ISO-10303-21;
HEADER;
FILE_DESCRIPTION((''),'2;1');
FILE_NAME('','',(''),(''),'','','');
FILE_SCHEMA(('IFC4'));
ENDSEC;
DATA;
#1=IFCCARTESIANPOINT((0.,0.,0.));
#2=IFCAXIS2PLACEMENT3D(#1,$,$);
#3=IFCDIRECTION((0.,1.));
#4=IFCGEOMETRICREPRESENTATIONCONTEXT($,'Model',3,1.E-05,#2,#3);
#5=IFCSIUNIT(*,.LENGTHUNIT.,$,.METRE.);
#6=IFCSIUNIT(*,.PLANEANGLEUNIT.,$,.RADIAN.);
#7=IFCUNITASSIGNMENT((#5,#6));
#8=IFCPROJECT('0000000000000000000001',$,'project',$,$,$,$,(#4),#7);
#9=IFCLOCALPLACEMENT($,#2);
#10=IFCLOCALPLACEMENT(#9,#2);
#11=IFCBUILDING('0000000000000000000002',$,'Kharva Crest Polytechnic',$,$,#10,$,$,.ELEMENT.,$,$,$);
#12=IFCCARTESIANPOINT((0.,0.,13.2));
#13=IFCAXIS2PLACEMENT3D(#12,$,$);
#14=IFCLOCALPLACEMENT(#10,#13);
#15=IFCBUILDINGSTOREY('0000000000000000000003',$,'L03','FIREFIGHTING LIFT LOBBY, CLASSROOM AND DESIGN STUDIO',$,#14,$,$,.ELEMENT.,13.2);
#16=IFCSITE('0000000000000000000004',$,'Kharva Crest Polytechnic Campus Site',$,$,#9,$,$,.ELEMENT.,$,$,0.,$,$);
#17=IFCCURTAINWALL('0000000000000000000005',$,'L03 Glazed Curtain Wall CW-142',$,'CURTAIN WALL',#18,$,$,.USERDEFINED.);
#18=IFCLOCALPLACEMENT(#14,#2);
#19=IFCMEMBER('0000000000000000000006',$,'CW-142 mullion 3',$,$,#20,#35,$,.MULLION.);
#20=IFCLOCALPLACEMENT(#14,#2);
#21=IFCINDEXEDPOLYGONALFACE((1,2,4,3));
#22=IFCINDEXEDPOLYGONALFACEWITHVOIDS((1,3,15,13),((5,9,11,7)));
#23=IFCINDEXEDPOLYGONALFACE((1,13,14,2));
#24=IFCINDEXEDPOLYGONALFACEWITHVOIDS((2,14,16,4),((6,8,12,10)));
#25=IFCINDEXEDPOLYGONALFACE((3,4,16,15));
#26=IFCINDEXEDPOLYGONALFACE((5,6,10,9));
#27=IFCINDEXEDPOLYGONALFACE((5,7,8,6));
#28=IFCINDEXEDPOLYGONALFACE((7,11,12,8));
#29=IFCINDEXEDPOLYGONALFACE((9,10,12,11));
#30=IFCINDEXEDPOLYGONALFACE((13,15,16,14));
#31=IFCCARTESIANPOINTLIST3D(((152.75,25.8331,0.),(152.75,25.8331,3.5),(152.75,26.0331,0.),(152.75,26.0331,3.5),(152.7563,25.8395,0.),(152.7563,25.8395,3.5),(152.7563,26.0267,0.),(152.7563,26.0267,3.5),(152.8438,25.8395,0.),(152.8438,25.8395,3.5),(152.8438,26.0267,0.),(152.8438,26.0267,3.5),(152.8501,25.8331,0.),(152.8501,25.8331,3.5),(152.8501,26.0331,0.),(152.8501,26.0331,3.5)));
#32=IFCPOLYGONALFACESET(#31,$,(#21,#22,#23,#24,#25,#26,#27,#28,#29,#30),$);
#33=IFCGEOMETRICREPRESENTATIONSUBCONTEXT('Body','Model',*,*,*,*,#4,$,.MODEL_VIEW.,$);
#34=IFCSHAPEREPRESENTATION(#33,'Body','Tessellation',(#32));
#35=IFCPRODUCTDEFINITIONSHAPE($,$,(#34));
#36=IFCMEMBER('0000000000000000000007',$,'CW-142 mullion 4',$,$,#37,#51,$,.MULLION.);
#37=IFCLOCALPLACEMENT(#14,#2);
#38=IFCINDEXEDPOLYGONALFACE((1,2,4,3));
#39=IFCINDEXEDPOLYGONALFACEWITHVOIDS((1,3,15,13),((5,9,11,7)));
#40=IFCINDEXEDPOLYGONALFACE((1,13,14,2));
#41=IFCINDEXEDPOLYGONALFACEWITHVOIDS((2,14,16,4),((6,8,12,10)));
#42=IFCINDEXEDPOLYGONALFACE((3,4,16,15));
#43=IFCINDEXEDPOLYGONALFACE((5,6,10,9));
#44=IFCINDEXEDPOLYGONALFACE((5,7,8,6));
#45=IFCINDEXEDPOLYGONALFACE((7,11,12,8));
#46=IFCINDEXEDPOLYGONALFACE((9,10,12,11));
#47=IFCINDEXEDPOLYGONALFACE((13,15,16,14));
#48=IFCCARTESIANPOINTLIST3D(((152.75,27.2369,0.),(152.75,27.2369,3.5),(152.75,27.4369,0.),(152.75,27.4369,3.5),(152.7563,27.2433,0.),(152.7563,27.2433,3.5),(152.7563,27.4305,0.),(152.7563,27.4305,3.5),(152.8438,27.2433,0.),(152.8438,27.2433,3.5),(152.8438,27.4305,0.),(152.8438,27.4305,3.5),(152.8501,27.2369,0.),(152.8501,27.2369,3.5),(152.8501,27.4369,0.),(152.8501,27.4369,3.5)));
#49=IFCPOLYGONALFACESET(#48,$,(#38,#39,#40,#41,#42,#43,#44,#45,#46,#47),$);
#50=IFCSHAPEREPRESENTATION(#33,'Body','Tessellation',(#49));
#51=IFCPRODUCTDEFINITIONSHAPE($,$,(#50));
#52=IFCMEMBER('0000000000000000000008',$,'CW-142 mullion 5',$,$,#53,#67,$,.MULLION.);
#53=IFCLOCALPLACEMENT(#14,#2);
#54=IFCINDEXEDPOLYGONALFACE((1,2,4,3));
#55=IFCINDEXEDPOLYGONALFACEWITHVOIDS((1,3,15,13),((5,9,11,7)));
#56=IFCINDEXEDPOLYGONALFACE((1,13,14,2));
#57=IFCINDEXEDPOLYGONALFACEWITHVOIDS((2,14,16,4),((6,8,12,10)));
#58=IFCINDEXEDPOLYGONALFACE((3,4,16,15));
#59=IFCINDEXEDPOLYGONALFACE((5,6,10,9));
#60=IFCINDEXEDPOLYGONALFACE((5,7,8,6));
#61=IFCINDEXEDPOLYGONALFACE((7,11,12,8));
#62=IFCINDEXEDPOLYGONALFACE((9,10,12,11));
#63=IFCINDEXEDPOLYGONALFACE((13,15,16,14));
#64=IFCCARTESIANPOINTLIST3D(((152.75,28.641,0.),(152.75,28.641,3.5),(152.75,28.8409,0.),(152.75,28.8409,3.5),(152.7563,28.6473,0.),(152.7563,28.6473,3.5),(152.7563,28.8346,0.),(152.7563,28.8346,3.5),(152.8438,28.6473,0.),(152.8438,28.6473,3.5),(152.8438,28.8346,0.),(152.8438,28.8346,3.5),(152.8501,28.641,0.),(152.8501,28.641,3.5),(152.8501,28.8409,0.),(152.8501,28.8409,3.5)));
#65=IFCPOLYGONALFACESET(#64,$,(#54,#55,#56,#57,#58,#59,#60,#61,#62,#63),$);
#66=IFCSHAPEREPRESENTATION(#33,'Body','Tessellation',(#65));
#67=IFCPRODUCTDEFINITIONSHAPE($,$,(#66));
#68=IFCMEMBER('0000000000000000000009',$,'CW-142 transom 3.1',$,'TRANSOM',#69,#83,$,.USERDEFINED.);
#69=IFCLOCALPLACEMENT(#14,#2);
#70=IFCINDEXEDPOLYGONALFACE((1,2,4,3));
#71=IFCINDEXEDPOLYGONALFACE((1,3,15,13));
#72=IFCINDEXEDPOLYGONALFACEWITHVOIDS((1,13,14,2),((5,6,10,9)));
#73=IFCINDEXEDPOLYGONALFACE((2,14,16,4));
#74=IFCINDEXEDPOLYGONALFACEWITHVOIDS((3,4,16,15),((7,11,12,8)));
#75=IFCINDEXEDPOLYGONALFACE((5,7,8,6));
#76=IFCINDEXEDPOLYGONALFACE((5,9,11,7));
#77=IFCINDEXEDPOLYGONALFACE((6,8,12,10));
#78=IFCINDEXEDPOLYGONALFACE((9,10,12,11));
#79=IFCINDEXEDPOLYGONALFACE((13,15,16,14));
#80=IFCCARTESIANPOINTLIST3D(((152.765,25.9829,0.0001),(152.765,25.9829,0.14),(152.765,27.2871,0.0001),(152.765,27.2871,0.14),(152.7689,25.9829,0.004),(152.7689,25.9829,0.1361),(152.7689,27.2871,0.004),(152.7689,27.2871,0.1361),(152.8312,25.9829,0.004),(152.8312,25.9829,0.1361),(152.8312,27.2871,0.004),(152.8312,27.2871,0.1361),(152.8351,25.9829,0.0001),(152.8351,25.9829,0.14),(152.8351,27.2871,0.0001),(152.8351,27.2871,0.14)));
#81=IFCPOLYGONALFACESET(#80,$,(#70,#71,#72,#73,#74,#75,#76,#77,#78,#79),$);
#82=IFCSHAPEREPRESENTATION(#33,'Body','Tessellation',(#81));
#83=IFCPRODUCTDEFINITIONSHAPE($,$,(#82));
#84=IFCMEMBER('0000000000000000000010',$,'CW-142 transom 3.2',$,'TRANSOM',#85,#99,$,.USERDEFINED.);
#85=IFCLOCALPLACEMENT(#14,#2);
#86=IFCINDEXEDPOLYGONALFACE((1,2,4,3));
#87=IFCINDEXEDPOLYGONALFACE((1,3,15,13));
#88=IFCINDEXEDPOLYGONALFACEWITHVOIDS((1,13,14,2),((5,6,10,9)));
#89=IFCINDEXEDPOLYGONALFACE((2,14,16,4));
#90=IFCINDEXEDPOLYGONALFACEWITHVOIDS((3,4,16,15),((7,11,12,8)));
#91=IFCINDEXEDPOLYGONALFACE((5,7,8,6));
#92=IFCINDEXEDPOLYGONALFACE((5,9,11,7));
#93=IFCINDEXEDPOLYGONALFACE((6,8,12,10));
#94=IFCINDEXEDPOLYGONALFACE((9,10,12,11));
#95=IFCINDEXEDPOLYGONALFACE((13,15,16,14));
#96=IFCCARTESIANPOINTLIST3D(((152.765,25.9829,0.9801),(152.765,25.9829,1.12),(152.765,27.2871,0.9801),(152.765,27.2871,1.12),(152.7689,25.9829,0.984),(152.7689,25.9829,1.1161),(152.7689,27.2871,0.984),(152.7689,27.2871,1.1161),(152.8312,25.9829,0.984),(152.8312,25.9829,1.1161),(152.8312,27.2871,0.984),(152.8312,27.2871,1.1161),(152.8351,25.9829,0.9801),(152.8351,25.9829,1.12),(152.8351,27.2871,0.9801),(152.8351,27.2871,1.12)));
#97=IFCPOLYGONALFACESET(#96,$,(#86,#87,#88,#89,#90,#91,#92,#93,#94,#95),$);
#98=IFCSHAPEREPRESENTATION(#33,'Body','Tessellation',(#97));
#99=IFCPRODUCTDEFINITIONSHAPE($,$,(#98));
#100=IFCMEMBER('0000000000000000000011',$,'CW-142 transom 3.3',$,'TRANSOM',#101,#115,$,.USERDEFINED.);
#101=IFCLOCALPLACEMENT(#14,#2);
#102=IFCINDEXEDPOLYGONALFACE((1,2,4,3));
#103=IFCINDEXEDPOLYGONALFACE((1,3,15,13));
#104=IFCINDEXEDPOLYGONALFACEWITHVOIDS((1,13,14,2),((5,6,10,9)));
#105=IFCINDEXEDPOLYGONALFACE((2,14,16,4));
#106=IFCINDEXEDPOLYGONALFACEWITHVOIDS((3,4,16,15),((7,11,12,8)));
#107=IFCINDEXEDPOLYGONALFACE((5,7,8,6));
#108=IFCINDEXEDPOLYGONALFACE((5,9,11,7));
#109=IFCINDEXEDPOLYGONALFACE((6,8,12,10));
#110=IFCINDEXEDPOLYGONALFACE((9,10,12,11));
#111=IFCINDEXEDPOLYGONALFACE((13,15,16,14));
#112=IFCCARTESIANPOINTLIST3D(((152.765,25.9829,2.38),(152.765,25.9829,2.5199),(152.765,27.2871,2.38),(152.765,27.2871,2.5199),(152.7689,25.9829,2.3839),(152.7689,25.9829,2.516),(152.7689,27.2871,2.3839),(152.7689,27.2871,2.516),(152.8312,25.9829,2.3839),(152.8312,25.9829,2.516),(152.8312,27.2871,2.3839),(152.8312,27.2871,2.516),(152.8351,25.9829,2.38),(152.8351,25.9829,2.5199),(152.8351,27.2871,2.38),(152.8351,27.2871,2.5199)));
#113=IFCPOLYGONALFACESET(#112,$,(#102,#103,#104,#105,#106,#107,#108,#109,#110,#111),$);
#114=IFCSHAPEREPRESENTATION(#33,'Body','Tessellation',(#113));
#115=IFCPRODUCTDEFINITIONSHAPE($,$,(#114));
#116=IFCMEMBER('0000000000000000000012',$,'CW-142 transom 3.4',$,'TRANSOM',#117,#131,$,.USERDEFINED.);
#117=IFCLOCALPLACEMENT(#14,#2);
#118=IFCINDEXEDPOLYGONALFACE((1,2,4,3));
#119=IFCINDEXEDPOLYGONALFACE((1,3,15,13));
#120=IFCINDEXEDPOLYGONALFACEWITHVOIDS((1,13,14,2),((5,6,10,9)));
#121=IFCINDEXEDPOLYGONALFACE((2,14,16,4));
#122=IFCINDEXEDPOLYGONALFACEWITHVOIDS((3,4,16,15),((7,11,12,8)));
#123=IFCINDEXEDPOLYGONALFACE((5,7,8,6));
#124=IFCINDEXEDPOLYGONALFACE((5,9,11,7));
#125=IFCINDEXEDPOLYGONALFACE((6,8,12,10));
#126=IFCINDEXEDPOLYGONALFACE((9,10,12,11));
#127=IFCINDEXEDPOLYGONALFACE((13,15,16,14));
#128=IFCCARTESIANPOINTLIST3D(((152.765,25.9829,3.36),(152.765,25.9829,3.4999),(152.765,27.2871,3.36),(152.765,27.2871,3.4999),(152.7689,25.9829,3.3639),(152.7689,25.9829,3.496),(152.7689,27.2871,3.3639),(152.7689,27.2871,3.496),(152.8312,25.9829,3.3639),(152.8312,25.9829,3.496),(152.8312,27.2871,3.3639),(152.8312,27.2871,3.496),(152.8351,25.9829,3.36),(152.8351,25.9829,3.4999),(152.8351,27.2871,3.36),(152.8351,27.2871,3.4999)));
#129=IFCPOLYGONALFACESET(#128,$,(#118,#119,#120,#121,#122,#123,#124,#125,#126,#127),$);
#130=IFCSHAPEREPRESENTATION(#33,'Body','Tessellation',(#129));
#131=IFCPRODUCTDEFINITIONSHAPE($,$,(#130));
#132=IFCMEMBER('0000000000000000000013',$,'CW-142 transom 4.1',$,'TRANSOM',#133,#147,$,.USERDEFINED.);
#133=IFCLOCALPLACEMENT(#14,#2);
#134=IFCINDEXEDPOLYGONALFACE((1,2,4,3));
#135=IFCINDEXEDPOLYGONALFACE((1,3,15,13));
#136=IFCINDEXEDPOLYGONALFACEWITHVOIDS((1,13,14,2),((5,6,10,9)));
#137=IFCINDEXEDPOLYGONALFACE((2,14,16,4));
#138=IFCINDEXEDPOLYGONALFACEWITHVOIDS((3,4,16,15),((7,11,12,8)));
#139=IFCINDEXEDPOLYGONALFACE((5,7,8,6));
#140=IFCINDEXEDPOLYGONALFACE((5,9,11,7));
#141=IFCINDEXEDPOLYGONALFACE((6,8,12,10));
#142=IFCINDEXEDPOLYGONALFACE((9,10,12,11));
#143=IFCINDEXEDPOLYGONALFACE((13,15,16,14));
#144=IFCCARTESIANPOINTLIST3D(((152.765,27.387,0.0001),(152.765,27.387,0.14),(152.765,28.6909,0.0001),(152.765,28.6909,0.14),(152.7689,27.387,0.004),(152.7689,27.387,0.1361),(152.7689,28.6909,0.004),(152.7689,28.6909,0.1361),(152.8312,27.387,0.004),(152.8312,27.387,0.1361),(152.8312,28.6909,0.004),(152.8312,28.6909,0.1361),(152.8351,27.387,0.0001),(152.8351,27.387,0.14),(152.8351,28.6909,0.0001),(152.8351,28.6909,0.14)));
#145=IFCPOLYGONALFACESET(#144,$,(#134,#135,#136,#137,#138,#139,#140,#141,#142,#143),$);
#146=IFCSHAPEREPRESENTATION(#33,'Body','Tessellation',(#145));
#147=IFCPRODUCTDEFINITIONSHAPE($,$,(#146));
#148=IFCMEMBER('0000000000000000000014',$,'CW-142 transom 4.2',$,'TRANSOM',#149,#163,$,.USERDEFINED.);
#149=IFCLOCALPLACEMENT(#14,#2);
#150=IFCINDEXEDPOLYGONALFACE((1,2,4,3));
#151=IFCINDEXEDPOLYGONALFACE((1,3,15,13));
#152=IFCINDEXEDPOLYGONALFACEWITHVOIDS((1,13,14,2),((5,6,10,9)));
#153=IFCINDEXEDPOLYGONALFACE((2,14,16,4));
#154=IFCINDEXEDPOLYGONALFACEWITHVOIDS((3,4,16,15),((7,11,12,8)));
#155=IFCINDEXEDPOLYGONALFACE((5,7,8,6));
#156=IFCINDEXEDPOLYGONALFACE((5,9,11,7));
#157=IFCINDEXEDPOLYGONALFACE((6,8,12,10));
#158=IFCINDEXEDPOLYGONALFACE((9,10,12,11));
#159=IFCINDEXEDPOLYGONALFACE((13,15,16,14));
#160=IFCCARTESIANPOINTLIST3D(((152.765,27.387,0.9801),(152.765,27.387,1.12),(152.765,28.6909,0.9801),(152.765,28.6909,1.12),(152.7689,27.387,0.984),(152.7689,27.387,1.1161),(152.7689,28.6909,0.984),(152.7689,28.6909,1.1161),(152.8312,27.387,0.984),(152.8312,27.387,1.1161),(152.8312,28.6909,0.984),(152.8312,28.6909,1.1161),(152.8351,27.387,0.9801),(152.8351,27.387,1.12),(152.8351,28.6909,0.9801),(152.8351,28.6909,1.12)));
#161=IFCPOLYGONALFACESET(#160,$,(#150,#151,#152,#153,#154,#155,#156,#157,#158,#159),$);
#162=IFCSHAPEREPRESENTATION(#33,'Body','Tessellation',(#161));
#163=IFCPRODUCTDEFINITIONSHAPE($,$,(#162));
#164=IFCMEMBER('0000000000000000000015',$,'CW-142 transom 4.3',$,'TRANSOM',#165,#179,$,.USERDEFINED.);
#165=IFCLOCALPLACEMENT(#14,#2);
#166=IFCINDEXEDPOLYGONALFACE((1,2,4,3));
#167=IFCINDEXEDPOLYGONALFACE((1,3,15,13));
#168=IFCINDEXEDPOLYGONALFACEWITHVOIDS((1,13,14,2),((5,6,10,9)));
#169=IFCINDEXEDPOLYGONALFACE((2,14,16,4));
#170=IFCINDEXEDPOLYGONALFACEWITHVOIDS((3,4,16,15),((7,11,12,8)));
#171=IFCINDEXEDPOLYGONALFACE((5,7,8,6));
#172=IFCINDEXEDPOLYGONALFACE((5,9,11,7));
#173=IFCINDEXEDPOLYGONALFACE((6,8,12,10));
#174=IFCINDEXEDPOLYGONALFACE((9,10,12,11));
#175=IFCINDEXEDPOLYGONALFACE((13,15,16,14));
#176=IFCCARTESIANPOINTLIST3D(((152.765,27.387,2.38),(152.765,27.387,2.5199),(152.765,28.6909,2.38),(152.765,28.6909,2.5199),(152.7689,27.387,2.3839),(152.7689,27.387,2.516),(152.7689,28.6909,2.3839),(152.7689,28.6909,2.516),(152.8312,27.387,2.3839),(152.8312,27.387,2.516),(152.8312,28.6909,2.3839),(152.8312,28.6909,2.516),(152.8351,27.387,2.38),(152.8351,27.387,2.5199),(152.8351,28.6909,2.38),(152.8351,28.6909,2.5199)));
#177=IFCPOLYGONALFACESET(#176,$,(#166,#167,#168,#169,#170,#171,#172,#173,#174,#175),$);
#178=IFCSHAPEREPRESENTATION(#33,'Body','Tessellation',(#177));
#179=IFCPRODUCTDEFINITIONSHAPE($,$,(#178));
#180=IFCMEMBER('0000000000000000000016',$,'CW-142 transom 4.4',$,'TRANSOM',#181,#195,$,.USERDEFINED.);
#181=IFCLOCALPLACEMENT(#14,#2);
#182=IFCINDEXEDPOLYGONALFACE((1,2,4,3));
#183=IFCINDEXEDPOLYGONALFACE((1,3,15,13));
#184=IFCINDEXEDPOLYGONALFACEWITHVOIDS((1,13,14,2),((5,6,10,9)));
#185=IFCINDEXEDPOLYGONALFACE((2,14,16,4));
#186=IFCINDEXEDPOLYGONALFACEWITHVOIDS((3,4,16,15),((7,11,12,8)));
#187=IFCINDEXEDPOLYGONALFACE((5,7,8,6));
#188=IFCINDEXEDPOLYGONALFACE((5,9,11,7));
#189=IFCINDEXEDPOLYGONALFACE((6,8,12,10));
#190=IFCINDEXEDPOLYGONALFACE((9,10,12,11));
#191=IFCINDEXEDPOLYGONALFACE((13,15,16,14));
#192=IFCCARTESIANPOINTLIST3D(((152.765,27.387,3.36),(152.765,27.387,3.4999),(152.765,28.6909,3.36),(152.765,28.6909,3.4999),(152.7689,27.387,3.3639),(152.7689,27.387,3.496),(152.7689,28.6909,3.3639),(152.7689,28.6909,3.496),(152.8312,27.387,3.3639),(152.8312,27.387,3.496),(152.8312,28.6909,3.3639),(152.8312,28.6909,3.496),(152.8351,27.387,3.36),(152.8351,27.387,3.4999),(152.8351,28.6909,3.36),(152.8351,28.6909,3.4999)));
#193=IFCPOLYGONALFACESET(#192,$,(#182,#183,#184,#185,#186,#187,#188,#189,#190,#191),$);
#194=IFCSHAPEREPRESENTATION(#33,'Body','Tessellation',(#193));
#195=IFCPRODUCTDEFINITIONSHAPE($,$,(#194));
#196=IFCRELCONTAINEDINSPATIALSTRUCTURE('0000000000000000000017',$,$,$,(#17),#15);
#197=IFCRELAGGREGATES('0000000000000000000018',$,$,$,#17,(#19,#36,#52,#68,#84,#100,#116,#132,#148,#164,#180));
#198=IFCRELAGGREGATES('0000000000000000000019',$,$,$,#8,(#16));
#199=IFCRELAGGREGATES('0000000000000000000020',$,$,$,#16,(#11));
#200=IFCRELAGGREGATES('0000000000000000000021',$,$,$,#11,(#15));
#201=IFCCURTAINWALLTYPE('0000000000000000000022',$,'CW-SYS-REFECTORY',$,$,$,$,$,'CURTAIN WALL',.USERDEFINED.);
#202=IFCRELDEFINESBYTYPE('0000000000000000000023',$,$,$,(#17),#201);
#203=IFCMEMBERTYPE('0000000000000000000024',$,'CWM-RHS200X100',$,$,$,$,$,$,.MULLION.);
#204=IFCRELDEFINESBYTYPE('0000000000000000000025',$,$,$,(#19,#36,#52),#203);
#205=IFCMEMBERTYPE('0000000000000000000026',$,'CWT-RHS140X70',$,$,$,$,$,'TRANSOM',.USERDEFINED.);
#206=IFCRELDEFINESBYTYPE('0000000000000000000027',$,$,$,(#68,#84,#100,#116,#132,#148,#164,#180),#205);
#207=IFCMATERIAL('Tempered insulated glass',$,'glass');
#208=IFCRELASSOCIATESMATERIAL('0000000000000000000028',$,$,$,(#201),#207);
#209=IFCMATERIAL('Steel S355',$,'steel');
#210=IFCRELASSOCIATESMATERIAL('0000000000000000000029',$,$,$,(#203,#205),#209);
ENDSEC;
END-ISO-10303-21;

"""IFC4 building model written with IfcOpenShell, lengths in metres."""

from ifc_helpers import new_model, si_unit, direction, frame, origin, origin_2d, place, context, subcontext, project, spatial, hollow_rectangle, extrude, material, material_profile, profile_set, type_object, element, aggregate, save


model = new_model("IFC4")

# Units and contexts
model_context = context("Model", 3, precision=1e-05, world=origin(), true_north=direction((0.0, 1.0)))
body_context = subcontext(model_context, "Body", "Model", "MODEL_VIEW")
ifc_project = project(units=[si_unit("LENGTHUNIT", "METRE"), si_unit("PLANEANGLEUNIT", "RADIAN")], contexts=[model_context])

# Site, building, storey
site_placement = place(None, origin())
site = spatial("IfcSite", under=ifc_project, at=site_placement, Name="Kharva Crest Polytechnic Campus Site", CompositionType="ELEMENT", RefElevation=0.0)
building_placement = place(site_placement, origin())
building = spatial("IfcBuilding", under=site, at=building_placement, Name="Kharva Crest Polytechnic", CompositionType="ELEMENT")
storey_placement = place(building_placement, frame((0.0, 0.0, 13.2)))
storey = spatial("IfcBuildingStorey", under=building, at=storey_placement, Name="L03", Description="FIREFIGHTING LIFT LOBBY, CLASSROOM AND DESIGN STUDIO", CompositionType="ELEMENT", Elevation=13.2)

# Curtain wall, members
ifc_material_1 = material(Name="Tempered insulated glass", Category="glass")
curtain_wall_type = type_object("IfcCurtainWallType", Name="CW-SYS-REFECTORY", ElementType="CURTAIN WALL", PredefinedType="USERDEFINED", material=ifc_material_1)
curtain_wall_placement = place(storey_placement, origin())
curtain_wall = element("IfcCurtainWall", 1, at=curtain_wall_placement, inside=storey, type_object=curtain_wall_type, Name="L03 Glazed Curtain Wall CW-142", ObjectType="CURTAIN WALL", PredefinedType="USERDEFINED")
ifc_material_2 = material(Name="Steel S355", Category="steel")
ifc_material_profile_1 = material_profile(ifc_material_2, hollow_rectangle(XDim=0.1001, YDim=0.2, WallThickness=0.0063, at=origin_2d()), Name="RHS 200X100X6.3")
ifc_profile_set_1 = profile_set([ifc_material_profile_1], Name="Steel S355")
member_type_1 = type_object("IfcMemberType", Name="CWM-RHS200X100", PredefinedType="MULLION", material=ifc_profile_set_1)
member_1_placement = place(storey_placement, frame((152.8, 25.9331, 0.0), z_axis=(0.0, 0.0, 1.0), x_axis=(-1.0, 0.0, 0.0)))
member_1 = element("IfcMember", 2, at=member_1_placement, type_object=member_type_1, Name="CW-142 mullion 3", PredefinedType="MULLION", context=body_context, shape_type="SweptSolid", body=[
    extrude(hollow_rectangle(XDim=0.1001, YDim=0.2, WallThickness=0.0063, at=origin_2d()), origin(), (0.0, 0.0, 1.0), 3.5),
])
member_2_placement = place(storey_placement, frame((152.8, 27.3369, 0.0), z_axis=(0.0, 0.0, 1.0), x_axis=(-1.0, 0.0, 0.0)))
member_2 = element("IfcMember", 3, at=member_2_placement, type_object=member_type_1, Name="CW-142 mullion 4", PredefinedType="MULLION", context=body_context, shape_type="SweptSolid", body=[
    extrude(hollow_rectangle(XDim=0.1001, YDim=0.2, WallThickness=0.0063, at=origin_2d()), origin(), (0.0, 0.0, 1.0), 3.5),
])
member_3_placement = place(storey_placement, frame((152.8, 28.741, 0.0), z_axis=(0.0, 0.0, 1.0), x_axis=(-1.0, 0.0, 0.0)))
member_3 = element("IfcMember", 4, at=member_3_placement, type_object=member_type_1, Name="CW-142 mullion 5", PredefinedType="MULLION", context=body_context, shape_type="SweptSolid", body=[
    extrude(hollow_rectangle(XDim=0.1001, YDim=0.2, WallThickness=0.0063, at=origin_2d()), origin(), (0.0, 0.0, 1.0), 3.5),
])
ifc_material_profile_2 = material_profile(ifc_material_2, hollow_rectangle(XDim=0.0701, YDim=0.1399, WallThickness=0.0039, at=origin_2d()), Name="RHS 140X70X4.0")
ifc_profile_set_2 = profile_set([ifc_material_profile_2], Name="Steel S355")
member_type_2 = type_object("IfcMemberType", Name="CWT-RHS140X70", ElementType="TRANSOM", PredefinedType="USERDEFINED", material=ifc_profile_set_2)
member_4_placement = place(storey_placement, frame((152.8, 25.9829, 0.0701), z_axis=(0.0, 1.0, 0.0), x_axis=(-1.0, 0.0, 0.0)))
member_4 = element("IfcMember", 5, at=member_4_placement, type_object=member_type_2, Name="CW-142 transom 3.1", ObjectType="TRANSOM", PredefinedType="USERDEFINED", context=body_context, shape_type="SweptSolid", body=[
    extrude(hollow_rectangle(XDim=0.0701, YDim=0.1399, WallThickness=0.0039, at=origin_2d()), origin(), (0.0, 0.0, 1.0), 1.3042),
])
member_5_placement = place(storey_placement, frame((152.8, 25.9829, 1.05), z_axis=(0.0, 1.0, 0.0), x_axis=(-1.0, 0.0, 0.0)))
member_5 = element("IfcMember", 6, at=member_5_placement, type_object=member_type_2, Name="CW-142 transom 3.2", ObjectType="TRANSOM", PredefinedType="USERDEFINED", context=body_context, shape_type="SweptSolid", body=[
    extrude(hollow_rectangle(XDim=0.0701, YDim=0.1399, WallThickness=0.0039, at=origin_2d()), origin(), (0.0, 0.0, 1.0), 1.3042),
])
member_6_placement = place(storey_placement, frame((152.8, 25.9829, 2.45), z_axis=(0.0, 1.0, 0.0), x_axis=(-1.0, 0.0, 0.0)))
member_6 = element("IfcMember", 7, at=member_6_placement, type_object=member_type_2, Name="CW-142 transom 3.3", ObjectType="TRANSOM", PredefinedType="USERDEFINED", context=body_context, shape_type="SweptSolid", body=[
    extrude(hollow_rectangle(XDim=0.0701, YDim=0.1399, WallThickness=0.0039, at=origin_2d()), origin(), (0.0, 0.0, 1.0), 1.3042),
])
member_7_placement = place(storey_placement, frame((152.8, 25.9829, 3.4299), z_axis=(0.0, 1.0, 0.0), x_axis=(-1.0, 0.0, 0.0)))
member_7 = element("IfcMember", 8, at=member_7_placement, type_object=member_type_2, Name="CW-142 transom 3.4", ObjectType="TRANSOM", PredefinedType="USERDEFINED", context=body_context, shape_type="SweptSolid", body=[
    extrude(hollow_rectangle(XDim=0.0701, YDim=0.1399, WallThickness=0.0039, at=origin_2d()), origin(), (0.0, 0.0, 1.0), 1.3042),
])
member_8_placement = place(storey_placement, frame((152.8, 27.387, 0.0701), z_axis=(0.0, 1.0, 0.0), x_axis=(-1.0, 0.0, 0.0)))
member_8 = element("IfcMember", 9, at=member_8_placement, type_object=member_type_2, Name="CW-142 transom 4.1", ObjectType="TRANSOM", PredefinedType="USERDEFINED", context=body_context, shape_type="SweptSolid", body=[
    extrude(hollow_rectangle(XDim=0.0701, YDim=0.1399, WallThickness=0.0039, at=origin_2d()), origin(), (0.0, 0.0, 1.0), 1.304),
])
member_9_placement = place(storey_placement, frame((152.8, 27.387, 1.05), z_axis=(0.0, 1.0, 0.0), x_axis=(-1.0, 0.0, 0.0)))
member_9 = element("IfcMember", 10, at=member_9_placement, type_object=member_type_2, Name="CW-142 transom 4.2", ObjectType="TRANSOM", PredefinedType="USERDEFINED", context=body_context, shape_type="SweptSolid", body=[
    extrude(hollow_rectangle(XDim=0.0701, YDim=0.1399, WallThickness=0.0039, at=origin_2d()), origin(), (0.0, 0.0, 1.0), 1.304),
])
member_10_placement = place(storey_placement, frame((152.8, 27.387, 2.45), z_axis=(0.0, 1.0, 0.0), x_axis=(-1.0, 0.0, 0.0)))
member_10 = element("IfcMember", 11, at=member_10_placement, type_object=member_type_2, Name="CW-142 transom 4.3", ObjectType="TRANSOM", PredefinedType="USERDEFINED", context=body_context, shape_type="SweptSolid", body=[
    extrude(hollow_rectangle(XDim=0.0701, YDim=0.1399, WallThickness=0.0039, at=origin_2d()), origin(), (0.0, 0.0, 1.0), 1.304),
])
member_11_placement = place(storey_placement, frame((152.8, 27.387, 3.4299), z_axis=(0.0, 1.0, 0.0), x_axis=(-1.0, 0.0, 0.0)))
member_11 = element("IfcMember", 12, at=member_11_placement, type_object=member_type_2, Name="CW-142 transom 4.4", ObjectType="TRANSOM", PredefinedType="USERDEFINED", context=body_context, shape_type="SweptSolid", body=[
    extrude(hollow_rectangle(XDim=0.0701, YDim=0.1399, WallThickness=0.0039, at=origin_2d()), origin(), (0.0, 0.0, 1.0), 1.304),
])
aggregate(curtain_wall, [member_1, member_2, member_3, member_4, member_5, member_6, member_7, member_8, member_9, member_10, member_11])

save(model, "model.ifc")
